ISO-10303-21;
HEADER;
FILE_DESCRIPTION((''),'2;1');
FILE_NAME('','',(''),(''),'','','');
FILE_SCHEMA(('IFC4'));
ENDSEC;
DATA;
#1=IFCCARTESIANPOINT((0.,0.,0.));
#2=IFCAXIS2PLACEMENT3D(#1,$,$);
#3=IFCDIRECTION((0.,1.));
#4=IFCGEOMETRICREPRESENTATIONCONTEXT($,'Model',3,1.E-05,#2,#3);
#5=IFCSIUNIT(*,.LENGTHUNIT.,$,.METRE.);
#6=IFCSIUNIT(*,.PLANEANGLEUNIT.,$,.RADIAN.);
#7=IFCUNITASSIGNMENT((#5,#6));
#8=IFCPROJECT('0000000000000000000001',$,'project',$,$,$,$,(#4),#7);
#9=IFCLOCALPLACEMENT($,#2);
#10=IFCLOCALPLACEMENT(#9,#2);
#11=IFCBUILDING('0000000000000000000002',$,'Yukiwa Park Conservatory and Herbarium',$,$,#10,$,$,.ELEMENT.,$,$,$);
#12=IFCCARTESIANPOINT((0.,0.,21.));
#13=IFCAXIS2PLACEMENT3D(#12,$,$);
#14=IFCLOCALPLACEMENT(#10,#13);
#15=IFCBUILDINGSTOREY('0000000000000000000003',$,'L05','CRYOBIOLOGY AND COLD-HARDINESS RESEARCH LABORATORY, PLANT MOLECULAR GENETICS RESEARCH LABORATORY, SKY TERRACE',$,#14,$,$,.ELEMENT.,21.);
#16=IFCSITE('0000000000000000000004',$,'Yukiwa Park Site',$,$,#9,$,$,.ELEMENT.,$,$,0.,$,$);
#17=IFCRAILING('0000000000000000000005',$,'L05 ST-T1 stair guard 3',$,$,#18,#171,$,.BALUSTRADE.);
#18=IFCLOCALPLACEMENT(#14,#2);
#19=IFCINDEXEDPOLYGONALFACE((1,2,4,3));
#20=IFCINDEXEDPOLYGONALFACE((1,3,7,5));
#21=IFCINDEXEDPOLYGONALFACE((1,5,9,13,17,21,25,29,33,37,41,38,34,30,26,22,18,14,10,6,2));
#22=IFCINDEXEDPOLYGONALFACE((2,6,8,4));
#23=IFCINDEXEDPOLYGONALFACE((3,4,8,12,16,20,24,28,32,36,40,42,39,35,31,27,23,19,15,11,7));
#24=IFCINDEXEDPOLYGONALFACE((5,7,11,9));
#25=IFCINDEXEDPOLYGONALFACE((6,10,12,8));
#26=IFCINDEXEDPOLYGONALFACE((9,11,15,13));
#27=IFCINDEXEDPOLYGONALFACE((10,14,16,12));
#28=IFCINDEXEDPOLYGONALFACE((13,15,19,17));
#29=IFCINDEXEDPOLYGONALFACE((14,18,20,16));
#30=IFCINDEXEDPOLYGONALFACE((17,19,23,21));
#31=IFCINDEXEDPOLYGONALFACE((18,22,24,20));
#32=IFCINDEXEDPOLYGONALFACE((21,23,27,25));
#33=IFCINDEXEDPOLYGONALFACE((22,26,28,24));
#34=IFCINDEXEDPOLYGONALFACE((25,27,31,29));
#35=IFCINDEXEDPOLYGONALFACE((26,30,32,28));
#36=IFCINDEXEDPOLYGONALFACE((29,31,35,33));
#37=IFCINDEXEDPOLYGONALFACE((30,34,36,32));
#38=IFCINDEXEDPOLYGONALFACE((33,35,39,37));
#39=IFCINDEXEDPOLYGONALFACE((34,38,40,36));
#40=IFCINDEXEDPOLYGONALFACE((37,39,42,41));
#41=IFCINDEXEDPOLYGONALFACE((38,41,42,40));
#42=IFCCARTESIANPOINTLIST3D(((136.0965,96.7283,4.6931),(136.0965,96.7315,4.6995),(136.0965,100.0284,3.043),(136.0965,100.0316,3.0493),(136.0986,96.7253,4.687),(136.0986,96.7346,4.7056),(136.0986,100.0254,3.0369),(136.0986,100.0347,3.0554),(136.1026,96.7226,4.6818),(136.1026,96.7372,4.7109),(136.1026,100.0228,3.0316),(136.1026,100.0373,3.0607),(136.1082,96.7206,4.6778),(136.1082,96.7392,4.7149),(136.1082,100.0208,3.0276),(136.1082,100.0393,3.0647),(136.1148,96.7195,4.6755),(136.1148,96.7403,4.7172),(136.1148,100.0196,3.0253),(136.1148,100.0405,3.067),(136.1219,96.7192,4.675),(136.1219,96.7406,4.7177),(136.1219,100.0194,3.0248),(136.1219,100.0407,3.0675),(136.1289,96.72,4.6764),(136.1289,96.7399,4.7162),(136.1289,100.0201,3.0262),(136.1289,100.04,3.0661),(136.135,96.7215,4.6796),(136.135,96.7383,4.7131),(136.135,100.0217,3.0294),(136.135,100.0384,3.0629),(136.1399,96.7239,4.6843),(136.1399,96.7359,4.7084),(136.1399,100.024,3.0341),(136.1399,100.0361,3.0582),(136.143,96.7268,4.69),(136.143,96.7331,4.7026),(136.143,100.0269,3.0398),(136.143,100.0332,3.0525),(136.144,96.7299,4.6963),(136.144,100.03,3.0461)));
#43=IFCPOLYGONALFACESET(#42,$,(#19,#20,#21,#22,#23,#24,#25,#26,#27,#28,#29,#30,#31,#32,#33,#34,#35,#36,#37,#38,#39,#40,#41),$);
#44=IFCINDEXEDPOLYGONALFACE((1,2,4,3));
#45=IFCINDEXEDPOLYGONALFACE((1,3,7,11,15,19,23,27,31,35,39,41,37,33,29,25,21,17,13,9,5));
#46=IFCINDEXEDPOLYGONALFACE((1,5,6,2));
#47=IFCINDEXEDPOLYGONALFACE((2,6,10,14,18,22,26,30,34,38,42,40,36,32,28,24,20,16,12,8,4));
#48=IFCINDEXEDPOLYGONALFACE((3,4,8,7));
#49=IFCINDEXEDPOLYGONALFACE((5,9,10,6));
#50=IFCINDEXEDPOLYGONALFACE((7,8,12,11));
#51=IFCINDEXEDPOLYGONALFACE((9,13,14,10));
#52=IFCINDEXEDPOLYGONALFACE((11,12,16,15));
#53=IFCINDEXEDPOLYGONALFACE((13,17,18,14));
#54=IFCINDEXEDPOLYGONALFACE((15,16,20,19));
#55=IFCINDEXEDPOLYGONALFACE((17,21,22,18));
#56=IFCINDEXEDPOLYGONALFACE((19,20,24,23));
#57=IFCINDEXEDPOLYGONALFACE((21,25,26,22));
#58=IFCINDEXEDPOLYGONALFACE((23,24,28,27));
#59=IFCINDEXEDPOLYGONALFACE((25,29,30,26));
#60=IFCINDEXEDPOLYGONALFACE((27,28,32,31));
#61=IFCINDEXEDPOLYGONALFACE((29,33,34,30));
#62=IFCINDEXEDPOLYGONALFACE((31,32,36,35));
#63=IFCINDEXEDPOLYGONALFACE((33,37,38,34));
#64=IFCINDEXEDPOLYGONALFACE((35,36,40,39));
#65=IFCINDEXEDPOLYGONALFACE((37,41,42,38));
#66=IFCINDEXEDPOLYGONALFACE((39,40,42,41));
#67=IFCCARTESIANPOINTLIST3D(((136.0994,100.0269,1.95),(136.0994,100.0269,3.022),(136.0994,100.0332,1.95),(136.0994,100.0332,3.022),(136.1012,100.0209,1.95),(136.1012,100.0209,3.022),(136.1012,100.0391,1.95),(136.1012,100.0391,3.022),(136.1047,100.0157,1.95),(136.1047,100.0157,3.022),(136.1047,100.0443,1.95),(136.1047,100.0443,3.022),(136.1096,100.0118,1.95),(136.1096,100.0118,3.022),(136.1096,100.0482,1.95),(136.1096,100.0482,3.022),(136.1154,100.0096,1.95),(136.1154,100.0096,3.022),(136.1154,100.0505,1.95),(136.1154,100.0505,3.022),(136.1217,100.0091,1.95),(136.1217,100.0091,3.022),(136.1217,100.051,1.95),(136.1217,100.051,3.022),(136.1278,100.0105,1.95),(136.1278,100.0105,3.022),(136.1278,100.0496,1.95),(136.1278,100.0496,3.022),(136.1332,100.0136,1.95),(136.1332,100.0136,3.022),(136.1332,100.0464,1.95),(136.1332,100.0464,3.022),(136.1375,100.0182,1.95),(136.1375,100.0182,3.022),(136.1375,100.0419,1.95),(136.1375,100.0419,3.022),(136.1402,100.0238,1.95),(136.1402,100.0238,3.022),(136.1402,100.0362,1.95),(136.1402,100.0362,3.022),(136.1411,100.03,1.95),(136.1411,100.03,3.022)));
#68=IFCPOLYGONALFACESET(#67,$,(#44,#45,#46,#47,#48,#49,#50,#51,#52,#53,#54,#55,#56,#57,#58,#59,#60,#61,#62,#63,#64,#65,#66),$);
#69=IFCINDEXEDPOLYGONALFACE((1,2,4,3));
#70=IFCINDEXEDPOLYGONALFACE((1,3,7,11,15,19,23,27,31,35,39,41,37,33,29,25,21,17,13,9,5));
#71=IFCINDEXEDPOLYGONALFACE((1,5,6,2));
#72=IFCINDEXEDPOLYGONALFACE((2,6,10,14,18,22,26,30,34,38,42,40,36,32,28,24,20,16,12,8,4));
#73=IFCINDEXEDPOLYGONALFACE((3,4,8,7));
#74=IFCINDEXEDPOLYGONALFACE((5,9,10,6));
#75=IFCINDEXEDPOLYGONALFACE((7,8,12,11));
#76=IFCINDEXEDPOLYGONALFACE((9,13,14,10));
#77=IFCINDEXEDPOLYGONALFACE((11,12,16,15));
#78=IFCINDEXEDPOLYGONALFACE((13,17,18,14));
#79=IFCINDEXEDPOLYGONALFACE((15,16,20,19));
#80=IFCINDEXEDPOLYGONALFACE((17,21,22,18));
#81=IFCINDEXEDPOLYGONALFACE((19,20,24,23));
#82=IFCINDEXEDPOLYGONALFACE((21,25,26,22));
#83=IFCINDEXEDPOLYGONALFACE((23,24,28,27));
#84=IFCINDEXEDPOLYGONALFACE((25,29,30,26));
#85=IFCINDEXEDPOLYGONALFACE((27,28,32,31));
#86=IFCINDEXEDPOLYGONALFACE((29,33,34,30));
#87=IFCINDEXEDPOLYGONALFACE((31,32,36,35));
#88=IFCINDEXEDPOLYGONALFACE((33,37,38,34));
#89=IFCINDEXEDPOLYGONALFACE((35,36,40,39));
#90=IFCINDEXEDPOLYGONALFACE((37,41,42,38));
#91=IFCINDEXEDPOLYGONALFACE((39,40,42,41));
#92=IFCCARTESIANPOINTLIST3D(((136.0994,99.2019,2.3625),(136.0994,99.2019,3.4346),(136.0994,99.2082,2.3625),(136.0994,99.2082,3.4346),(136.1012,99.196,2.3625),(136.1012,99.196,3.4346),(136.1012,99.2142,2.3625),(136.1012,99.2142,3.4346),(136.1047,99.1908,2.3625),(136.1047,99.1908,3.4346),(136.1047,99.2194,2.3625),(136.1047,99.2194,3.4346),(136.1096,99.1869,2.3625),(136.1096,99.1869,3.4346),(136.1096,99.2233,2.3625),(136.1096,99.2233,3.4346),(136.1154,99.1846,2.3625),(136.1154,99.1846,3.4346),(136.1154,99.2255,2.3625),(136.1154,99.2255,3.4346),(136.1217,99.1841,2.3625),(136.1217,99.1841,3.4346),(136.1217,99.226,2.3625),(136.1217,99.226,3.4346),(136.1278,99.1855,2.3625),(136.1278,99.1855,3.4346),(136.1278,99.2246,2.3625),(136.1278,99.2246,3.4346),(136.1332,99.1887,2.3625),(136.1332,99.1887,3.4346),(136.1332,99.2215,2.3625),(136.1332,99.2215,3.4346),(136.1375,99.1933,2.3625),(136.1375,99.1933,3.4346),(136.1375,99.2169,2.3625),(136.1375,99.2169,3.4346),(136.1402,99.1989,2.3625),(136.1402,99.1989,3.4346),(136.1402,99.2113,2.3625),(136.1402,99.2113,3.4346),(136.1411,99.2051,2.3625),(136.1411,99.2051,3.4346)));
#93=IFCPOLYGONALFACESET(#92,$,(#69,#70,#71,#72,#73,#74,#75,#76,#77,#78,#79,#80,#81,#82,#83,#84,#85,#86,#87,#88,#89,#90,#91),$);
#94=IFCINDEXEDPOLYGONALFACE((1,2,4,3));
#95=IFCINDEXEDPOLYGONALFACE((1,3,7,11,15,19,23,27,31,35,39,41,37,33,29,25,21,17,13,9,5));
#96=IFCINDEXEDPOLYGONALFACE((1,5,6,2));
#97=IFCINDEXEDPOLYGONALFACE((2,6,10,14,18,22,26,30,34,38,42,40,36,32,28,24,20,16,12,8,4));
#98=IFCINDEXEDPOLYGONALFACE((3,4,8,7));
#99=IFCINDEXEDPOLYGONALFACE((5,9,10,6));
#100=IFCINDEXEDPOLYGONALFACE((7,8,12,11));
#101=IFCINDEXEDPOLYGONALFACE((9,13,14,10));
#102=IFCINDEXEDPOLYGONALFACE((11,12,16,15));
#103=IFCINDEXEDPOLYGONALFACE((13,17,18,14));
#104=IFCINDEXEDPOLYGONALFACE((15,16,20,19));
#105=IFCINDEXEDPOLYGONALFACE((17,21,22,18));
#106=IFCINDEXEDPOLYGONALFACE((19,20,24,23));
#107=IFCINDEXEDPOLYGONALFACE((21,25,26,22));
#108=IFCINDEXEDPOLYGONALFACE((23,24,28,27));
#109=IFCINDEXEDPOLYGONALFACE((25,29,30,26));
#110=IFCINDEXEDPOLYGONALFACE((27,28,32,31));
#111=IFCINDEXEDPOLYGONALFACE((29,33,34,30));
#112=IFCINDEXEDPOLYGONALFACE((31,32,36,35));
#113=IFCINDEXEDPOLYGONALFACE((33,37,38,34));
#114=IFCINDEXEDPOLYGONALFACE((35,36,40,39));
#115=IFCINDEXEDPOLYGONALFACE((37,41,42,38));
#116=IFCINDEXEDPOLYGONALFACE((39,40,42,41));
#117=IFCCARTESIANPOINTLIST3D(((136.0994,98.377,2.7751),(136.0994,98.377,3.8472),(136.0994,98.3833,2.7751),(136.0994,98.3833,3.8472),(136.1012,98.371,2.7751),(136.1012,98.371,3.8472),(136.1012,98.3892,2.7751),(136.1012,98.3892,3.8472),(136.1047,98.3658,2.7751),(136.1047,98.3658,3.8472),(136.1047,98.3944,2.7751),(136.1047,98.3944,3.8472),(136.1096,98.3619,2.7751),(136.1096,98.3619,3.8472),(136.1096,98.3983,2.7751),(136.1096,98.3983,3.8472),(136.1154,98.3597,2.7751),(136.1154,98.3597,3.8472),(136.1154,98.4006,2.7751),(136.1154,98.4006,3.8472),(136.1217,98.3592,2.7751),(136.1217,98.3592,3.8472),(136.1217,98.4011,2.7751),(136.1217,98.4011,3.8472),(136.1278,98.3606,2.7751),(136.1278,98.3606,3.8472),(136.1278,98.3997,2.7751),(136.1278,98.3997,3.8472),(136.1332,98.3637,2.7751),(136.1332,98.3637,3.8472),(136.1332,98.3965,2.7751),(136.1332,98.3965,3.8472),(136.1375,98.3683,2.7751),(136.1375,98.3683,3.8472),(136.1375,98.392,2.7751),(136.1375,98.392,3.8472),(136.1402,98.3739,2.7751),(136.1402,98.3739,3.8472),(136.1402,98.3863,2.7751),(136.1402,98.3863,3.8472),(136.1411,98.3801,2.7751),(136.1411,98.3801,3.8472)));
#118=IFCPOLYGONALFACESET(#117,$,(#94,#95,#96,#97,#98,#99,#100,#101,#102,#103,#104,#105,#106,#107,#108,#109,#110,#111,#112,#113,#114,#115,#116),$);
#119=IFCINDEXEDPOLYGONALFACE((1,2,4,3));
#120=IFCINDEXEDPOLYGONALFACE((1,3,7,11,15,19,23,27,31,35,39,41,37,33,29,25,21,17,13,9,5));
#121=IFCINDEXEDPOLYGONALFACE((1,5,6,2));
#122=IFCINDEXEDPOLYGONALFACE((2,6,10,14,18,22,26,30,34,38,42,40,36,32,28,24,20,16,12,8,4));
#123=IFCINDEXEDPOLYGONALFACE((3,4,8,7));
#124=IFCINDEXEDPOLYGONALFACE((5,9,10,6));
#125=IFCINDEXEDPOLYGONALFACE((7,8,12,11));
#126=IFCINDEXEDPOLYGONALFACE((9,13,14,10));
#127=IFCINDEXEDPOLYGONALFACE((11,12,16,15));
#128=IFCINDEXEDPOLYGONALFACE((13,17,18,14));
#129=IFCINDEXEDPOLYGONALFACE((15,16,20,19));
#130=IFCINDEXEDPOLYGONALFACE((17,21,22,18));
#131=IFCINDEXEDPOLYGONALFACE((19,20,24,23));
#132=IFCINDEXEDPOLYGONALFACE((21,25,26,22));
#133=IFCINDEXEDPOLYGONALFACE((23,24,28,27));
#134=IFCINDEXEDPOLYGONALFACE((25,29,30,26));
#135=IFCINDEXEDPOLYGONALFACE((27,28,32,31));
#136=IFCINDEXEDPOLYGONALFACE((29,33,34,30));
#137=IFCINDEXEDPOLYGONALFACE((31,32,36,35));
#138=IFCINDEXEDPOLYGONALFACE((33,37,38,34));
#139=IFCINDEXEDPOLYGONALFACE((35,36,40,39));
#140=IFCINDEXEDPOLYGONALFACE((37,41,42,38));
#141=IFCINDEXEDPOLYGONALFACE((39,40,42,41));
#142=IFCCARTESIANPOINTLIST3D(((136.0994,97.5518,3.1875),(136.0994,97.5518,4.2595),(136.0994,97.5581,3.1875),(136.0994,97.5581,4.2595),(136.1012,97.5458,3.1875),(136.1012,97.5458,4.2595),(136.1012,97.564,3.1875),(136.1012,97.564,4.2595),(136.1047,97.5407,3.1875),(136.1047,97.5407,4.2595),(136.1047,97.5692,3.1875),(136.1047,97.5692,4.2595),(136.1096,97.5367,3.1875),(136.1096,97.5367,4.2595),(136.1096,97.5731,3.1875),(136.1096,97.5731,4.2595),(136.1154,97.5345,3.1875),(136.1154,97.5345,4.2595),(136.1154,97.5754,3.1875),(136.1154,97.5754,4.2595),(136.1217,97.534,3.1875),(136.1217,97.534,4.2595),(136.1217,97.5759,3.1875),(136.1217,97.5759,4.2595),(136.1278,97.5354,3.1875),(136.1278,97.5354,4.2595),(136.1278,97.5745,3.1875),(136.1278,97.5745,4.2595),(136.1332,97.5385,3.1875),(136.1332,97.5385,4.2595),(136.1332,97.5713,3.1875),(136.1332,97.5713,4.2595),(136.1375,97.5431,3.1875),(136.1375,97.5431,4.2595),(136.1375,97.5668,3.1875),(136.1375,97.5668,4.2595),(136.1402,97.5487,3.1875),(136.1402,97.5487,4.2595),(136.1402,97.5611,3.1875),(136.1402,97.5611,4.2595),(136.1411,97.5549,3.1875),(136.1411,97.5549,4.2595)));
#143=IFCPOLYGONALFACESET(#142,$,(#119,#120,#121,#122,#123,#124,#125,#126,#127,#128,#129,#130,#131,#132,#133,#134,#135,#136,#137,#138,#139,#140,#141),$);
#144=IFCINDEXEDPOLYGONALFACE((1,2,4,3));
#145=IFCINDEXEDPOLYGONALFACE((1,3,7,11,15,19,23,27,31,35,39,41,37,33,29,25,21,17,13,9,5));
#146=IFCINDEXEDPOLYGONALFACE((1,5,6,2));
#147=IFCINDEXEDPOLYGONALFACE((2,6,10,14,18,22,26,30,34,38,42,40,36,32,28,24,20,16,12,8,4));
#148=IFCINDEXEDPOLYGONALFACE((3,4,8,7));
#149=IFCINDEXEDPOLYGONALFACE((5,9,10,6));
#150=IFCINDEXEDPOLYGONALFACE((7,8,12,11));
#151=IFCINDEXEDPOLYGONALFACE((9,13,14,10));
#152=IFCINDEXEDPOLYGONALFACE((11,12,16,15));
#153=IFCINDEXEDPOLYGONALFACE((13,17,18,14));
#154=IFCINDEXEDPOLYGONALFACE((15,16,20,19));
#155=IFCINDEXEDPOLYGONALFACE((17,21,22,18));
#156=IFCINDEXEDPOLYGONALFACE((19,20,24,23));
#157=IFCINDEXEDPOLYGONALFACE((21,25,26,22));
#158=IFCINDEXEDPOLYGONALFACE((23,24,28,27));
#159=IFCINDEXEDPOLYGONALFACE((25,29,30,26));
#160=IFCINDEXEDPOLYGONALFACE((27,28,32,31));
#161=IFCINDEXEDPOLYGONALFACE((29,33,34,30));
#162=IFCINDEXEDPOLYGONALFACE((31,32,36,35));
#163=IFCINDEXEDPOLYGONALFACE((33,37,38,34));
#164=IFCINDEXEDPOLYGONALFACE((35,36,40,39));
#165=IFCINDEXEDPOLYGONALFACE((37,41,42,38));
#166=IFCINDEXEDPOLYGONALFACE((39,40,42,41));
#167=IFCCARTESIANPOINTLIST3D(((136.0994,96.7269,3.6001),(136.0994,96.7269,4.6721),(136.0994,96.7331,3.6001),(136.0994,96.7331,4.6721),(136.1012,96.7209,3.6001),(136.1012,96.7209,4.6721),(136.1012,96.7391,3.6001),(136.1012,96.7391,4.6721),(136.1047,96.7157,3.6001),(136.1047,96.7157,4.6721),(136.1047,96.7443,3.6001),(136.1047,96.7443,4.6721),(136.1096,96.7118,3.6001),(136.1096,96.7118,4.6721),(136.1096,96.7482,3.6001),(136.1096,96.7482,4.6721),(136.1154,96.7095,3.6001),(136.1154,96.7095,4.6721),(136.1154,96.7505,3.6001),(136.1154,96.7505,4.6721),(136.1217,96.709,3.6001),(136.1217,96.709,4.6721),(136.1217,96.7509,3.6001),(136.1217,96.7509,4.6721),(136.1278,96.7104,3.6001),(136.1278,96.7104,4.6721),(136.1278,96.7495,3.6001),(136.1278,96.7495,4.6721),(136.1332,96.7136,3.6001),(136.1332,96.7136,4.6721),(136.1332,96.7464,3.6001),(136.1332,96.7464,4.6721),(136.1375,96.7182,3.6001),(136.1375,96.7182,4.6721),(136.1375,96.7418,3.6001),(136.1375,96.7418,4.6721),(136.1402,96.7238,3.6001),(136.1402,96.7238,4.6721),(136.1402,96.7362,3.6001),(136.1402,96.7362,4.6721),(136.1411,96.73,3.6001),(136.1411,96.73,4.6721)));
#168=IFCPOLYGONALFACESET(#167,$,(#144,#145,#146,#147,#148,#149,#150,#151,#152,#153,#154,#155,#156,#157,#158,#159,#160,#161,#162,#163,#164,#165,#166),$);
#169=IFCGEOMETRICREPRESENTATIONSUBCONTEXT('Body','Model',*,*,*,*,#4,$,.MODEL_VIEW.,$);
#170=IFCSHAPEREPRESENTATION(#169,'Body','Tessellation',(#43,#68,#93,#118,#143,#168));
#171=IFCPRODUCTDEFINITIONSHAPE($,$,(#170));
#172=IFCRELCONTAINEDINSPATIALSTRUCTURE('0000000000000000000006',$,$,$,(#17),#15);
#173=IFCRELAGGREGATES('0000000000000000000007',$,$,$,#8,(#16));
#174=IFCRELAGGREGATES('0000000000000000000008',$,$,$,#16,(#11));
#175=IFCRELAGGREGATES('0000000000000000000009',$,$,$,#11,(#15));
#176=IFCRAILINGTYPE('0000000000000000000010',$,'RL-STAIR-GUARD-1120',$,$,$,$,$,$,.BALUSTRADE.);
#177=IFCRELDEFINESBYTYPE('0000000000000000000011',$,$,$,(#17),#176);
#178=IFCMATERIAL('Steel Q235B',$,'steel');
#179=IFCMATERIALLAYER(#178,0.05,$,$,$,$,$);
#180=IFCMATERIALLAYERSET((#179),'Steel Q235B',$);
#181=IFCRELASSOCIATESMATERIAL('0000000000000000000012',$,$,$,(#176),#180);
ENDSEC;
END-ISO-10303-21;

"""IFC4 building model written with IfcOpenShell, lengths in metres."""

from ifc_helpers import new_model, si_unit, direction, frame, origin, origin_2d, place, context, subcontext, project, spatial, circle, extrude, material, layer, layer_set, type_object, element, save


model = new_model("IFC4")

# Units and contexts
model_context = context("Model", 3, precision=1e-05, world=origin(), true_north=direction((0.0, 1.0)))
body_context = subcontext(model_context, "Body", "Model", "MODEL_VIEW")
ifc_project = project(units=[si_unit("LENGTHUNIT", "METRE"), si_unit("PLANEANGLEUNIT", "RADIAN")], contexts=[model_context])

# Site, building, storey
site_placement = place(None, origin())
site = spatial("IfcSite", under=ifc_project, at=site_placement, Name="Yukiwa Park Site", CompositionType="ELEMENT", RefElevation=0.0)
building_placement = place(site_placement, origin())
building = spatial("IfcBuilding", under=site, at=building_placement, Name="Yukiwa Park Conservatory and Herbarium", CompositionType="ELEMENT")
storey_placement = place(building_placement, frame((0.0, 0.0, 21.0)))
storey = spatial("IfcBuildingStorey", under=building, at=storey_placement, Name="L05", Description="CRYOBIOLOGY AND COLD-HARDINESS RESEARCH LABORATORY, PLANT MOLECULAR GENETICS RESEARCH LABORATORY, SKY TERRACE", CompositionType="ELEMENT", Elevation=21.0)

# Railing
ifc_material_1 = material(Name="Steel Q235B", Category="steel")
ifc_layer_1 = layer(ifc_material_1, 0.05)
ifc_layer_set_1 = layer_set([ifc_layer_1], Name="Steel Q235B")
railing_type_1 = type_object("IfcRailingType", Name="RL-STAIR-GUARD-1120", PredefinedType="BALUSTRADE", material=ifc_layer_set_1)
railing_1_placement = place(storey_placement, frame((136.1201, 100.03, 1.95)))
element("IfcRailing", 1, at=railing_1_placement, inside=storey, type_object=railing_type_1, Name="L05 ST-T1 stair guard 3", PredefinedType="BALUSTRADE", context=body_context, shape_type="SweptSolid", body=[
    extrude(circle(Radius=0.0239, at=origin_2d()), frame((0.0, 0.0, 1.0962), z_axis=(0.0, -0.894414, 0.44724), x_axis=(1.0, 0.0, 0.0)), (0.0, 0.0, 1.0), 3.6897),
    extrude(circle(Radius=0.021, at=origin_2d()), origin(), (0.0, 0.0, 1.0), 1.072),
    extrude(circle(Radius=0.021, at=origin_2d()), frame((0.0, -0.825, 0.4126)), (0.0, 0.0, 1.0), 1.072),
    extrude(circle(Radius=0.021, at=origin_2d()), frame((0.0, -1.6499, 0.8252)), (0.0, 0.0, 1.0), 1.072),
    extrude(circle(Radius=0.021, at=origin_2d()), frame((0.0, -2.4751, 1.2375)), (0.0, 0.0, 1.0), 1.072),
    extrude(circle(Radius=0.021, at=origin_2d()), frame((0.0, -3.3, 1.6501)), (0.0, 0.0, 1.0), 1.072),
])

save(model, "model.ifc")
